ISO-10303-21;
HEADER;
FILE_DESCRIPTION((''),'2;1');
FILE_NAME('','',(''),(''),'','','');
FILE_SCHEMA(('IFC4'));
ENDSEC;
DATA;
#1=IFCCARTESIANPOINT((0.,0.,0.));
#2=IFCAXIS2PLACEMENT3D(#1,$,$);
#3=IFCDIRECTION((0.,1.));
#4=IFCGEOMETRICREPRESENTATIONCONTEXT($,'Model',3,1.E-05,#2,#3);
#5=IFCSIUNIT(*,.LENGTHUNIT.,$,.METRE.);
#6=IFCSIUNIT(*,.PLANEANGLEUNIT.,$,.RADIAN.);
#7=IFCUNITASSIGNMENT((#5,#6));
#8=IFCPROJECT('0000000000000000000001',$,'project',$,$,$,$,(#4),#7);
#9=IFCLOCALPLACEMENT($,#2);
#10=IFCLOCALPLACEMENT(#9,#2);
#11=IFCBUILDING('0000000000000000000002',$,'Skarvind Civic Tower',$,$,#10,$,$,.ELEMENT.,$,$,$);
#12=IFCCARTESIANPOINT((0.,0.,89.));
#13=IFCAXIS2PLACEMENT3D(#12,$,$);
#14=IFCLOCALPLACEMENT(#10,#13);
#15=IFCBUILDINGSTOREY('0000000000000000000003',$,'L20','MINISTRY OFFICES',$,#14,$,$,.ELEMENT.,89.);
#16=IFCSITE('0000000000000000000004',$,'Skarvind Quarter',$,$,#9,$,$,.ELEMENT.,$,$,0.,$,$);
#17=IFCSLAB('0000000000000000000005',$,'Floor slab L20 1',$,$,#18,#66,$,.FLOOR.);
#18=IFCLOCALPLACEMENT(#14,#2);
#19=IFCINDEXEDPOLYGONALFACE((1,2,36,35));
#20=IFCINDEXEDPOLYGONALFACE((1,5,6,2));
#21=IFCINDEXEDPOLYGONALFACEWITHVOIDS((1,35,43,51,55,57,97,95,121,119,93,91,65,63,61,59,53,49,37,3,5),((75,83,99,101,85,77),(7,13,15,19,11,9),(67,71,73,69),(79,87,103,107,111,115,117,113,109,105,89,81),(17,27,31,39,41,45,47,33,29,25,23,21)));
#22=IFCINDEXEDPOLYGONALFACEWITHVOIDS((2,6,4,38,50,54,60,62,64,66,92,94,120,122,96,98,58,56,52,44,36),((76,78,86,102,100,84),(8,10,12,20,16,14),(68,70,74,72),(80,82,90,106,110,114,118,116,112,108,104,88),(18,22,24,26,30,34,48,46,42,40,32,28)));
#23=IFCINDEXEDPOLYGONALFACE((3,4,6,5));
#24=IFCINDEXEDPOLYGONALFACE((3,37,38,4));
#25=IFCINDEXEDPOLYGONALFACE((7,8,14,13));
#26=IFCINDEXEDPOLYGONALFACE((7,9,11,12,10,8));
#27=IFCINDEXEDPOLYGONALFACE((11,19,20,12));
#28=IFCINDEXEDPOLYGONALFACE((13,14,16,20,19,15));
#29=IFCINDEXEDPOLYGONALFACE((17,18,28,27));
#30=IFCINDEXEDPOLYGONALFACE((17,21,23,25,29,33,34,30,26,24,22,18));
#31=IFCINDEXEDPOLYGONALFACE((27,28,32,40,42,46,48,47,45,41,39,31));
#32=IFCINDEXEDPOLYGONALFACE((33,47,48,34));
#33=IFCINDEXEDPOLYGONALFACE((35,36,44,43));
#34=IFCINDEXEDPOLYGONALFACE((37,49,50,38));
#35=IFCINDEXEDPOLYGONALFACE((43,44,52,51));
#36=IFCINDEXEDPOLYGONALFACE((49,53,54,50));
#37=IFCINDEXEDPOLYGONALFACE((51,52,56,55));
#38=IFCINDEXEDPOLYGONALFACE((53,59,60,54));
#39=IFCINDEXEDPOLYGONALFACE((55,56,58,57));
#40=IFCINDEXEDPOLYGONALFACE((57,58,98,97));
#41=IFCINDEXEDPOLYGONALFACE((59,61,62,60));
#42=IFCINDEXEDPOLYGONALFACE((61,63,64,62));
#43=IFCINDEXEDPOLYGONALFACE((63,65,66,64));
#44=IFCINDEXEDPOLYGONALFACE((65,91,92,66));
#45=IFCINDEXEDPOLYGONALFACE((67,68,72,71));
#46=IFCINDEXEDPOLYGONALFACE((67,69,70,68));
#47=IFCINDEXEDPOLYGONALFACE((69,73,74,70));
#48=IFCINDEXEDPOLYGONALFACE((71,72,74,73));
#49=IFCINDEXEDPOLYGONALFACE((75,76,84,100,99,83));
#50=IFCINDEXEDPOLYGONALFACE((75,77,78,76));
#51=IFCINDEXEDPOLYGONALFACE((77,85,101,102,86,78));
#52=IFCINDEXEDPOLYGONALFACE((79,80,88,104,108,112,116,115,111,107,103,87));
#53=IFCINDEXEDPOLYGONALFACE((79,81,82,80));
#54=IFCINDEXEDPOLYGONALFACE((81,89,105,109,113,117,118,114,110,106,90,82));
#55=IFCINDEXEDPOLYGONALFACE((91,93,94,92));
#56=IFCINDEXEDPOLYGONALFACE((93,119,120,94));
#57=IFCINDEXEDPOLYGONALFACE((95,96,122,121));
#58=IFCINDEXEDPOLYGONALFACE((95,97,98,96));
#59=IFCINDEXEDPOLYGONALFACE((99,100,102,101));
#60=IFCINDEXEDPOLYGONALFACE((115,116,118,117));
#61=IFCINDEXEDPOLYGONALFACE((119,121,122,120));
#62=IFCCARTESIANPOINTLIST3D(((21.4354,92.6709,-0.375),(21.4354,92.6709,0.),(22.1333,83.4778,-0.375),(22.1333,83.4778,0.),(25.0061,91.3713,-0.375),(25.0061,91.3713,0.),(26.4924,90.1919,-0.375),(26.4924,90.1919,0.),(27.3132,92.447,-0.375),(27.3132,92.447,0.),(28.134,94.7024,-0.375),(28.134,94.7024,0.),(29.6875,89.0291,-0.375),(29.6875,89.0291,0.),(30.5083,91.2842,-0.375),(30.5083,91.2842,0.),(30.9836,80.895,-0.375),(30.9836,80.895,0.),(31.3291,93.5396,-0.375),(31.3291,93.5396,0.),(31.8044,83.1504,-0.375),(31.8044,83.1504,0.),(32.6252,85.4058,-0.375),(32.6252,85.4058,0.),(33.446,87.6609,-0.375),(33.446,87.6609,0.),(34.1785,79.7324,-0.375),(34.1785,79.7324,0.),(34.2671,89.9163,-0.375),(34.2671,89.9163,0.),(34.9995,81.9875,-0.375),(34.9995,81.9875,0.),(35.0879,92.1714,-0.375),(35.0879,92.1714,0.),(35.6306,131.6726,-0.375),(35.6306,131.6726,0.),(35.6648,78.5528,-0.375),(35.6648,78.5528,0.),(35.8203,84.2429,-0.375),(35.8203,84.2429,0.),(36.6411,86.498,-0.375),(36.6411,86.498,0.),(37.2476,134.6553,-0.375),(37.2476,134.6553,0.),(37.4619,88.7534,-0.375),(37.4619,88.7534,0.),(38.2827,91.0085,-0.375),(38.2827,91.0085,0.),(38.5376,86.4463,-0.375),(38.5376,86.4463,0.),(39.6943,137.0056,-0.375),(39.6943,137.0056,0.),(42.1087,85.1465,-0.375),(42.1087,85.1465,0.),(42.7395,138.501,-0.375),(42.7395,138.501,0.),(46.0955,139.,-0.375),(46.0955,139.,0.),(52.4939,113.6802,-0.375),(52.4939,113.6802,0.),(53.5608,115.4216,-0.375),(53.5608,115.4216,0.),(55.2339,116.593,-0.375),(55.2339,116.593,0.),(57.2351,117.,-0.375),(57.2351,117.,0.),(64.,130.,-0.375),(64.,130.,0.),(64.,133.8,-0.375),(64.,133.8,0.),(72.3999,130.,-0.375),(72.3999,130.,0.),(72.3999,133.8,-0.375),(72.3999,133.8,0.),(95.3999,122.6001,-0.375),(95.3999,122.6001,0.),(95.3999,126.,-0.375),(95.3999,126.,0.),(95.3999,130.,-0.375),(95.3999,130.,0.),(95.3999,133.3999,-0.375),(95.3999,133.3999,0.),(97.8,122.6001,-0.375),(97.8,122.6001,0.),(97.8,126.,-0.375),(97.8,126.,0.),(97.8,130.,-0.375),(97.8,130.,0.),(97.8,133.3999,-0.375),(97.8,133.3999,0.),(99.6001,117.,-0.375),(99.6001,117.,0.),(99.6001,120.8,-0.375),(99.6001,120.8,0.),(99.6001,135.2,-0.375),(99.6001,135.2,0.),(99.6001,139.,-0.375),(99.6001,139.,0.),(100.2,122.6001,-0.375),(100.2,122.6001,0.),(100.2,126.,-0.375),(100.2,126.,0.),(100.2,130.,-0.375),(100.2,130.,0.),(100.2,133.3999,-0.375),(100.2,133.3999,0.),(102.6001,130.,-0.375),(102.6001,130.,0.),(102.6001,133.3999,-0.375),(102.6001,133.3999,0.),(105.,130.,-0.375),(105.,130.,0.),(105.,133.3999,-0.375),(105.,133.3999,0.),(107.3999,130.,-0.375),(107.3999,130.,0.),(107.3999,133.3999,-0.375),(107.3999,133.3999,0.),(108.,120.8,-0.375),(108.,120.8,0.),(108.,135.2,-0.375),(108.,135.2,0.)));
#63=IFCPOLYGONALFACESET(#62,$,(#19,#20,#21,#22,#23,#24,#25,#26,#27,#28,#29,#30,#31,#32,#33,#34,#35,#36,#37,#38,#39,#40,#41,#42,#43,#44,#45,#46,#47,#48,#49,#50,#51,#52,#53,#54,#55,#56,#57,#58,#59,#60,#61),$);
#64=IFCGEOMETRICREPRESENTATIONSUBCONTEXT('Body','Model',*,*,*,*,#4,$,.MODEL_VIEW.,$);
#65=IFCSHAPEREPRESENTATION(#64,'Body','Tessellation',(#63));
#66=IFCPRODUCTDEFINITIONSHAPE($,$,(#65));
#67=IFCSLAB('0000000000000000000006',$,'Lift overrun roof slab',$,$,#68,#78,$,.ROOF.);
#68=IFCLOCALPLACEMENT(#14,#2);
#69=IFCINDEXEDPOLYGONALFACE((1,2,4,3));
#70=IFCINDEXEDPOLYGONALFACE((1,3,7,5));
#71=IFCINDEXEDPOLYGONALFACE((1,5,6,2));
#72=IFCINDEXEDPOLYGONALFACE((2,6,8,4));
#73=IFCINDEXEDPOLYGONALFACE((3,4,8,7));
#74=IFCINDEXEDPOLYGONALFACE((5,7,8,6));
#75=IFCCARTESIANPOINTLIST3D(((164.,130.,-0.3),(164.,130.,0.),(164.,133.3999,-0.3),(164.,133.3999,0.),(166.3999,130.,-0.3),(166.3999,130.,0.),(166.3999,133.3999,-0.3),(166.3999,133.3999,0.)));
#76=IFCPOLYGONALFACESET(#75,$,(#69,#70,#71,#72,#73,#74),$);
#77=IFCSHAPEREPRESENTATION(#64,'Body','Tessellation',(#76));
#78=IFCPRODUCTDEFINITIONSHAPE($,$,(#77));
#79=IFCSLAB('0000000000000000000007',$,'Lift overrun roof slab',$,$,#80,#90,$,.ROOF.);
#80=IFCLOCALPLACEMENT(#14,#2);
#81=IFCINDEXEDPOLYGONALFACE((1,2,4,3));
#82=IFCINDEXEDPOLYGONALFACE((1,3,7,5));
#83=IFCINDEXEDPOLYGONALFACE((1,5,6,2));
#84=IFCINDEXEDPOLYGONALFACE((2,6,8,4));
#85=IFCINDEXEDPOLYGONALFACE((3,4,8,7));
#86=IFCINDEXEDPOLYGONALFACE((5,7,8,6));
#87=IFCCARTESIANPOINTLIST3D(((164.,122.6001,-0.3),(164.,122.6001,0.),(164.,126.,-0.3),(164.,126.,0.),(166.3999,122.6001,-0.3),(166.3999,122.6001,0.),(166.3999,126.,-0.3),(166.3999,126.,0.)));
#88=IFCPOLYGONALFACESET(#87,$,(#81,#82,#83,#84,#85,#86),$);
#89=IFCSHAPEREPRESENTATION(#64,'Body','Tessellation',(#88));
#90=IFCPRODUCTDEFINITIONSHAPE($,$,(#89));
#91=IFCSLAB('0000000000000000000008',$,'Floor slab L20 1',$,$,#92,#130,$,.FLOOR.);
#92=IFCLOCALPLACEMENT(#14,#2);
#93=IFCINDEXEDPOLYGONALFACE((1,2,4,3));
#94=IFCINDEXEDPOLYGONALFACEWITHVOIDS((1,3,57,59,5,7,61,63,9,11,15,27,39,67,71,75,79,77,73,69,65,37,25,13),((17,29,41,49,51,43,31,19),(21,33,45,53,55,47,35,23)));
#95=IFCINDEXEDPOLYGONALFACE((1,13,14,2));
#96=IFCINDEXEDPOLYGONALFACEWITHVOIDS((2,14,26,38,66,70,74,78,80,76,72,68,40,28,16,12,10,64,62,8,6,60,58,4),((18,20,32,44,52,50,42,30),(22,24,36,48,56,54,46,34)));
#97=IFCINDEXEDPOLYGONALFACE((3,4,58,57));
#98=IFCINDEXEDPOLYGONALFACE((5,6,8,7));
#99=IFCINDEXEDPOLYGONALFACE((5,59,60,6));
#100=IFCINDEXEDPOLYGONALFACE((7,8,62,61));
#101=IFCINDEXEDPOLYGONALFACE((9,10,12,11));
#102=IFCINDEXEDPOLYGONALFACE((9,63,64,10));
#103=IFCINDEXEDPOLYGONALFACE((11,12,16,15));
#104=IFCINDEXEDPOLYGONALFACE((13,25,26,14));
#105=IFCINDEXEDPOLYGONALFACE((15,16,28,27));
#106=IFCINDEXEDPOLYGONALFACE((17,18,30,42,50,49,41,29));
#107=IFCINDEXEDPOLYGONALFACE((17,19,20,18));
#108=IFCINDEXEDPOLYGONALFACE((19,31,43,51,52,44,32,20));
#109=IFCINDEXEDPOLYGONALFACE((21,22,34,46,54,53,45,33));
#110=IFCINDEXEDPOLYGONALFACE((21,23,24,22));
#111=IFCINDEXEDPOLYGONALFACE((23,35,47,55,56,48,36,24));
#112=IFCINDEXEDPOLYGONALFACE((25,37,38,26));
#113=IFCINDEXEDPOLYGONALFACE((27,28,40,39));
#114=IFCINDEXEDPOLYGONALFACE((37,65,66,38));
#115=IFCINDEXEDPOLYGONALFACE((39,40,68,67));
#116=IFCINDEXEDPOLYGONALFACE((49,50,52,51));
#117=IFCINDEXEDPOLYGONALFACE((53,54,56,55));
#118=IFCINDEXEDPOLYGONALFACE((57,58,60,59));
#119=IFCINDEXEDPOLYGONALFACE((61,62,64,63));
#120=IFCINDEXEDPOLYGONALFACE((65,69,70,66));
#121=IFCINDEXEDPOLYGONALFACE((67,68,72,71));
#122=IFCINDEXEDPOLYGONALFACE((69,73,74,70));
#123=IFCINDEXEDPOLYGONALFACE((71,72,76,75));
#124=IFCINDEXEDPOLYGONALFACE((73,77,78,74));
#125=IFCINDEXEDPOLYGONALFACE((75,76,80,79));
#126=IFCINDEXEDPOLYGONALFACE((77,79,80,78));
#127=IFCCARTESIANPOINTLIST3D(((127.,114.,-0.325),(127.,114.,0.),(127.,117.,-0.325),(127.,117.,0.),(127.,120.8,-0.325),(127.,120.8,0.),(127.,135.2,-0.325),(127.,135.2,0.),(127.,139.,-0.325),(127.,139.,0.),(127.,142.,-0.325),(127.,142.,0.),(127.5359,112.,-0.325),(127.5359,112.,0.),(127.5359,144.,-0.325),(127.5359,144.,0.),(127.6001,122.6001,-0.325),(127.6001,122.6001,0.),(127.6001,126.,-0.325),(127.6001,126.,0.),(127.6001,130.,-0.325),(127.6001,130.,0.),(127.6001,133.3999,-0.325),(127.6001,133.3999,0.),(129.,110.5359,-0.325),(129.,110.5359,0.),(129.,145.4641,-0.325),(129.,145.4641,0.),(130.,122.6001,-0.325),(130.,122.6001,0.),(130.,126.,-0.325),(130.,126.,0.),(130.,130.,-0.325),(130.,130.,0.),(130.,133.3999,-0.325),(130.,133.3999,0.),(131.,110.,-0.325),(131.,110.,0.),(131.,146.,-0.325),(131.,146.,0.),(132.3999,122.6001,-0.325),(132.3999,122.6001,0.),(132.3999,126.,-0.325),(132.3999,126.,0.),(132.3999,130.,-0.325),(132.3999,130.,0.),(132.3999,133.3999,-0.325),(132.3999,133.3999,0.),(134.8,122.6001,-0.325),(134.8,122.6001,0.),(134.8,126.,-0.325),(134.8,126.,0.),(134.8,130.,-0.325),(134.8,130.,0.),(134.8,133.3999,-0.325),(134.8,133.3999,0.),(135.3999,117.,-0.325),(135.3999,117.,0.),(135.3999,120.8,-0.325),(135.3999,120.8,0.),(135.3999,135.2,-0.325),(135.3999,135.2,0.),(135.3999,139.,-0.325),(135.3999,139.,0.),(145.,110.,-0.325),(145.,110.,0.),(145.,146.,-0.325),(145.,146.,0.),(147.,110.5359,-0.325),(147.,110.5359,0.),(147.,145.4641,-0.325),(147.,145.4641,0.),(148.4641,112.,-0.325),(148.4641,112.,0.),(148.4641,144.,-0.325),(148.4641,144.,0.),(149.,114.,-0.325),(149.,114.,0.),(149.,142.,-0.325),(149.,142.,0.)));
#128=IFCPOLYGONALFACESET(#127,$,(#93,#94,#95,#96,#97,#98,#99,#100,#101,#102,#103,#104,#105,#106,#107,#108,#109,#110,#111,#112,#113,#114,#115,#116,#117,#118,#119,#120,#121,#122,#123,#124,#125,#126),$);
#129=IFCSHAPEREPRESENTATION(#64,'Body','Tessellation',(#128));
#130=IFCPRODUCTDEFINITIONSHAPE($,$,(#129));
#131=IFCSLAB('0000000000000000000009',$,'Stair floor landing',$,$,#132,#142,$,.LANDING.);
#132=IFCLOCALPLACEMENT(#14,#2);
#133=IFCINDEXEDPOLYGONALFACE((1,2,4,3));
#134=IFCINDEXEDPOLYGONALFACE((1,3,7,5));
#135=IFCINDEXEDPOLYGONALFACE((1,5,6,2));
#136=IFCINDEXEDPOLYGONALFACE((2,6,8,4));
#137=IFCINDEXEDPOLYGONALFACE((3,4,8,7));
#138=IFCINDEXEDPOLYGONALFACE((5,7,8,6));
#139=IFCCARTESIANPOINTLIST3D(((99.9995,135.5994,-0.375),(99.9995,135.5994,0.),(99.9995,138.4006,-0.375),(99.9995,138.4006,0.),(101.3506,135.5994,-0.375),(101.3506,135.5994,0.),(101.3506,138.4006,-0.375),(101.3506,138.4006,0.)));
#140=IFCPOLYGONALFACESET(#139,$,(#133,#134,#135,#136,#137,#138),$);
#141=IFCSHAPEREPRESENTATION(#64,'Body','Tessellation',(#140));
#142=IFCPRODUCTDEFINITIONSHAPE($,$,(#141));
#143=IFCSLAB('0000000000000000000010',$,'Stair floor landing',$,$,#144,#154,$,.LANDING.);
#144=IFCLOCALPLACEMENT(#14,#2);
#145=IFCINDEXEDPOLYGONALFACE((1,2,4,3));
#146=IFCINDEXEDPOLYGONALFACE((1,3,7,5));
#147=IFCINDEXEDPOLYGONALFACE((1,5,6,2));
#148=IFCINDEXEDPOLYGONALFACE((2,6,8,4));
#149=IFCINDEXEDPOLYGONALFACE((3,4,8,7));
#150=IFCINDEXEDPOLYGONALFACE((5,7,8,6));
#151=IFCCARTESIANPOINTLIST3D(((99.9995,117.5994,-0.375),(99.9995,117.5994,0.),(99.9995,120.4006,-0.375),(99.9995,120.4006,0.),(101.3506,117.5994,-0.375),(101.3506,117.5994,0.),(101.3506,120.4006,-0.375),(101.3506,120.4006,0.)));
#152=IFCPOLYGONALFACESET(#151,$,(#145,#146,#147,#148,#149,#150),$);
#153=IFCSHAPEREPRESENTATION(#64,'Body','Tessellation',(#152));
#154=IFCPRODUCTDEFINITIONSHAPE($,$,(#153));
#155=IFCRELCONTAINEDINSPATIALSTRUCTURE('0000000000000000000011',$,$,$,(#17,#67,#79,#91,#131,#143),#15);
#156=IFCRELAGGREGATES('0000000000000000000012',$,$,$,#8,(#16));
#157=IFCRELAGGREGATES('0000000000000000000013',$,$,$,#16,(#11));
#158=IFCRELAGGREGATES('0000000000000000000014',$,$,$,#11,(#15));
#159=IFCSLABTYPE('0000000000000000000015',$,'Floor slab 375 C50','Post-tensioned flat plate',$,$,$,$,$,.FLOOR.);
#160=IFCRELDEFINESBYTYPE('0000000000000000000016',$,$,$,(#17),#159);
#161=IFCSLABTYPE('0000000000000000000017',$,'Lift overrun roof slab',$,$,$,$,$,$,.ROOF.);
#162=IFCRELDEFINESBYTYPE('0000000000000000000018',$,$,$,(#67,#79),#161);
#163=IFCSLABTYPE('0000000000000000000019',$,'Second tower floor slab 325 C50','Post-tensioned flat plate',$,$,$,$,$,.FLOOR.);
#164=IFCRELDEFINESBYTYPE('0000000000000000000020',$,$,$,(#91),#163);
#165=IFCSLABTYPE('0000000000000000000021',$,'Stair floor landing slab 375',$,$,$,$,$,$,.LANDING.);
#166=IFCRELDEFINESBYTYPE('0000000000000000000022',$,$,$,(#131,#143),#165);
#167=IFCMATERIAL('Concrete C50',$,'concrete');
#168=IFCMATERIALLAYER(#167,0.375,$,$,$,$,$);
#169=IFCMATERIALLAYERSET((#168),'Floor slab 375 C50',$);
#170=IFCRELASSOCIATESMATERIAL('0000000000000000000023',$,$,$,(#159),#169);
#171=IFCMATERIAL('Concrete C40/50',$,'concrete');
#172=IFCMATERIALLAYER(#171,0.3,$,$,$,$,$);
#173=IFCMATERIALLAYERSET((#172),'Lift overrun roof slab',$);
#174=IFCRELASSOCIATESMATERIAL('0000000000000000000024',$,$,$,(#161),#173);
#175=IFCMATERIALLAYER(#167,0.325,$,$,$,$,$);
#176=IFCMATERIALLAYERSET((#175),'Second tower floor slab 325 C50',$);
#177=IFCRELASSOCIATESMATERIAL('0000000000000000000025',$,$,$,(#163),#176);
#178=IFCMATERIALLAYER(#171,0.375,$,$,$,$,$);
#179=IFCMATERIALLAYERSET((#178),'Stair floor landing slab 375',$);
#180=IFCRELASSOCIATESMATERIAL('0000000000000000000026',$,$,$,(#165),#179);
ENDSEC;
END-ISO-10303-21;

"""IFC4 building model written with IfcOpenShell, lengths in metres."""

from ifc_helpers import new_model, si_unit, direction, frame, origin, place, context, subcontext, project, spatial, polyline, outline, extrude, material, layer, layer_set, type_object, element, save


model = new_model("IFC4")

# Units and contexts
model_context = context("Model", 3, precision=1e-05, world=origin(), true_north=direction((0.0, 1.0)))
body_context = subcontext(model_context, "Body", "Model", "MODEL_VIEW")
ifc_project = project(units=[si_unit("LENGTHUNIT", "METRE"), si_unit("PLANEANGLEUNIT", "RADIAN")], contexts=[model_context])

# Site, building, storey
site_placement = place(None, origin())
site = spatial("IfcSite", under=ifc_project, at=site_placement, Name="Skarvind Quarter", CompositionType="ELEMENT", RefElevation=0.0)
building_placement = place(site_placement, origin())
building = spatial("IfcBuilding", under=site, at=building_placement, Name="Skarvind Civic Tower", CompositionType="ELEMENT")
storey_placement = place(building_placement, frame((0.0, 0.0, 89.0)))
storey = spatial("IfcBuildingStorey", under=building, at=storey_placement, Name="L20", Description="MINISTRY OFFICES", CompositionType="ELEMENT", Elevation=89.0)

# Slabs
ifc_material_1 = material(Name="Concrete C50", Category="concrete")
ifc_layer_1 = layer(ifc_material_1, 0.375)
ifc_layer_set_1 = layer_set([ifc_layer_1], Name="Floor slab 375 C50")
slab_type_1 = type_object("IfcSlabType", Name="Floor slab 375 C50", Description="Post-tensioned flat plate", PredefinedType="FLOOR", material=ifc_layer_set_1)
slab_1_placement = place(storey_placement, frame((0.0, 0.0, -0.375)))
element("IfcSlab", 1, at=slab_1_placement, inside=storey, type_object=slab_type_1, Name="Floor slab L20 1", PredefinedType="FLOOR", context=body_context, shape_type="SweptSolid", body=[
    extrude(outline(polyline([(99.6001, 117.0), (99.6001, 120.8), (108.0, 120.8), (108.0, 135.2), (99.6001, 135.2), (99.6001, 139.0), (46.0955, 139.0), (42.7395, 138.501), (39.6943, 137.0056), (37.2476, 134.6553), (35.6306, 131.6726), (19.4175, 87.1267), (21.4353, 92.6709), (25.0061, 91.3713), (22.1333, 83.4778), (36.8865, 78.1082), (35.6648, 78.5527), (38.5376, 86.4463), (42.1086, 85.1465), (40.0908, 79.6023), (40.0908, 79.6023), (52.4939, 113.6802), (53.5608, 115.4216), (55.2339, 116.593), (57.2351, 117.0), (99.6001, 117.0)]), holes=[polyline([(32.6252, 85.4058), (33.446, 87.6609), (34.2671, 89.9163), (35.0879, 92.1714), (38.2827, 91.0085), (37.4619, 88.7534), (36.6411, 86.498), (35.8203, 84.2429), (35.8203, 84.2429), (34.9995, 81.9875), (34.1785, 79.7324), (30.9836, 80.895), (31.8044, 83.1504), (32.6252, 85.4058), (32.6252, 85.4058)]), polyline([(31.3291, 93.5396), (30.5083, 91.2842), (29.6875, 89.0291), (26.4924, 90.1919), (27.3132, 92.447), (28.134, 94.7024), (31.3291, 93.5396)]), polyline([(64.0, 130.0), (64.0, 133.8), (72.3999, 133.8), (72.3999, 130.0), (64.0, 130.0)]), polyline([(100.2, 126.0), (100.2, 122.6001), (97.8, 122.6001), (95.3999, 122.6001), (95.3999, 126.0), (97.8, 126.0), (100.2, 126.0)]), polyline([(100.2, 133.3999), (102.6001, 133.3999), (105.0, 133.3999), (107.3999, 133.3999), (107.3999, 130.0), (105.0, 130.0), (102.6001, 130.0), (100.2, 130.0), (97.8, 130.0), (95.3999, 130.0), (95.3999, 133.3999), (97.8, 133.3999), (100.2, 133.3999)])]), origin(), (0.0, 0.0, 1.0), 0.375),
])
ifc_material_2 = material(Name="Concrete C40/50", Category="concrete")
ifc_layer_2 = layer(ifc_material_2, 0.3)
ifc_layer_set_2 = layer_set([ifc_layer_2], Name="Lift overrun roof slab")
slab_type_2 = type_object("IfcSlabType", Name="Lift overrun roof slab", PredefinedType="ROOF", material=ifc_layer_set_2)
slab_2_placement = place(storey_placement, frame((0.0, 0.0, -0.3)))
element("IfcSlab", 2, at=slab_2_placement, inside=storey, type_object=slab_type_2, Name="Lift overrun roof slab", PredefinedType="ROOF", context=body_context, shape_type="SweptSolid", body=[
    extrude(outline(polyline([(166.3999, 133.3999), (164.0, 133.3999), (164.0, 130.0), (166.3999, 130.0), (166.3999, 133.3999)])), origin(), (0.0, 0.0, 1.0), 0.3),
])
slab_3_placement = place(storey_placement, frame((0.0, 0.0, -0.3)))
element("IfcSlab", 3, at=slab_3_placement, inside=storey, type_object=slab_type_2, Name="Lift overrun roof slab", PredefinedType="ROOF", context=body_context, shape_type="SweptSolid", body=[
    extrude(outline(polyline([(166.3999, 126.0), (164.0, 126.0), (164.0, 122.6001), (166.3999, 122.6001), (166.3999, 126.0)])), origin(), (0.0, 0.0, 1.0), 0.3),
])
ifc_layer_3 = layer(ifc_material_1, 0.325)
ifc_layer_set_3 = layer_set([ifc_layer_3], Name="Second tower floor slab 325 C50")
slab_type_3 = type_object("IfcSlabType", Name="Second tower floor slab 325 C50", Description="Post-tensioned flat plate", PredefinedType="FLOOR", material=ifc_layer_set_3)
slab_4_placement = place(storey_placement, frame((0.0, 0.0, -0.325)))
element("IfcSlab", 4, at=slab_4_placement, inside=storey, type_object=slab_type_3, Name="Floor slab L20 1", PredefinedType="FLOOR", context=body_context, shape_type="SweptSolid", body=[
    extrude(outline(polyline([(127.0, 139.0), (135.3999, 139.0), (135.3999, 135.2), (127.0, 135.2), (127.0, 120.8), (135.3999, 120.8), (135.3999, 117.0), (127.0, 117.0), (127.0, 114.0), (127.5359, 112.0), (129.0, 110.5359), (131.0, 110.0), (145.0, 110.0), (147.0, 110.5359), (148.4641, 112.0), (149.0, 114.0), (149.0, 142.0), (148.4641, 144.0), (147.0, 145.4641), (145.0, 146.0), (131.0, 146.0), (129.0, 145.4641), (127.5359, 144.0), (127.0, 142.0), (127.0, 139.0)]), holes=[polyline([(132.3999, 126.0), (134.8, 126.0), (134.8, 122.6001), (132.3999, 122.6001), (130.0, 122.6001), (127.6001, 122.6001), (127.6001, 126.0), (130.0, 126.0), (132.3999, 126.0)]), polyline([(130.0, 133.3999), (132.3999, 133.3999), (134.8, 133.3999), (134.8, 130.0), (132.3999, 130.0), (130.0, 130.0), (127.6001, 130.0), (127.6001, 133.3999), (130.0, 133.3999)])]), origin(), (0.0, 0.0, 1.0), 0.325),
])
ifc_layer_4 = layer(ifc_material_2, 0.375)
ifc_layer_set_4 = layer_set([ifc_layer_4], Name="Stair floor landing slab 375")
slab_type_4 = type_object("IfcSlabType", Name="Stair floor landing slab 375", PredefinedType="LANDING", material=ifc_layer_set_4)
slab_5_placement = place(storey_placement, frame((0.0, 0.0, -0.375)))
element("IfcSlab", 5, at=slab_5_placement, inside=storey, type_object=slab_type_4, Name="Stair floor landing", PredefinedType="LANDING", context=body_context, shape_type="SweptSolid", body=[
    extrude(outline(polyline([(101.3506, 138.4006), (101.3506, 135.5994), (99.9995, 135.5994), (99.9995, 138.4006), (101.3506, 138.4006)])), origin(), (0.0, 0.0, 1.0), 0.375),
])
slab_6_placement = place(storey_placement, frame((0.0, 0.0, -0.375)))
element("IfcSlab", 6, at=slab_6_placement, inside=storey, type_object=slab_type_4, Name="Stair floor landing", PredefinedType="LANDING", context=body_context, shape_type="SweptSolid", body=[
    extrude(outline(polyline([(101.3506, 120.4006), (101.3506, 117.5994), (99.9995, 117.5994), (99.9995, 120.4006), (101.3506, 120.4006)])), origin(), (0.0, 0.0, 1.0), 0.375),
])

save(model, "model.ifc")
